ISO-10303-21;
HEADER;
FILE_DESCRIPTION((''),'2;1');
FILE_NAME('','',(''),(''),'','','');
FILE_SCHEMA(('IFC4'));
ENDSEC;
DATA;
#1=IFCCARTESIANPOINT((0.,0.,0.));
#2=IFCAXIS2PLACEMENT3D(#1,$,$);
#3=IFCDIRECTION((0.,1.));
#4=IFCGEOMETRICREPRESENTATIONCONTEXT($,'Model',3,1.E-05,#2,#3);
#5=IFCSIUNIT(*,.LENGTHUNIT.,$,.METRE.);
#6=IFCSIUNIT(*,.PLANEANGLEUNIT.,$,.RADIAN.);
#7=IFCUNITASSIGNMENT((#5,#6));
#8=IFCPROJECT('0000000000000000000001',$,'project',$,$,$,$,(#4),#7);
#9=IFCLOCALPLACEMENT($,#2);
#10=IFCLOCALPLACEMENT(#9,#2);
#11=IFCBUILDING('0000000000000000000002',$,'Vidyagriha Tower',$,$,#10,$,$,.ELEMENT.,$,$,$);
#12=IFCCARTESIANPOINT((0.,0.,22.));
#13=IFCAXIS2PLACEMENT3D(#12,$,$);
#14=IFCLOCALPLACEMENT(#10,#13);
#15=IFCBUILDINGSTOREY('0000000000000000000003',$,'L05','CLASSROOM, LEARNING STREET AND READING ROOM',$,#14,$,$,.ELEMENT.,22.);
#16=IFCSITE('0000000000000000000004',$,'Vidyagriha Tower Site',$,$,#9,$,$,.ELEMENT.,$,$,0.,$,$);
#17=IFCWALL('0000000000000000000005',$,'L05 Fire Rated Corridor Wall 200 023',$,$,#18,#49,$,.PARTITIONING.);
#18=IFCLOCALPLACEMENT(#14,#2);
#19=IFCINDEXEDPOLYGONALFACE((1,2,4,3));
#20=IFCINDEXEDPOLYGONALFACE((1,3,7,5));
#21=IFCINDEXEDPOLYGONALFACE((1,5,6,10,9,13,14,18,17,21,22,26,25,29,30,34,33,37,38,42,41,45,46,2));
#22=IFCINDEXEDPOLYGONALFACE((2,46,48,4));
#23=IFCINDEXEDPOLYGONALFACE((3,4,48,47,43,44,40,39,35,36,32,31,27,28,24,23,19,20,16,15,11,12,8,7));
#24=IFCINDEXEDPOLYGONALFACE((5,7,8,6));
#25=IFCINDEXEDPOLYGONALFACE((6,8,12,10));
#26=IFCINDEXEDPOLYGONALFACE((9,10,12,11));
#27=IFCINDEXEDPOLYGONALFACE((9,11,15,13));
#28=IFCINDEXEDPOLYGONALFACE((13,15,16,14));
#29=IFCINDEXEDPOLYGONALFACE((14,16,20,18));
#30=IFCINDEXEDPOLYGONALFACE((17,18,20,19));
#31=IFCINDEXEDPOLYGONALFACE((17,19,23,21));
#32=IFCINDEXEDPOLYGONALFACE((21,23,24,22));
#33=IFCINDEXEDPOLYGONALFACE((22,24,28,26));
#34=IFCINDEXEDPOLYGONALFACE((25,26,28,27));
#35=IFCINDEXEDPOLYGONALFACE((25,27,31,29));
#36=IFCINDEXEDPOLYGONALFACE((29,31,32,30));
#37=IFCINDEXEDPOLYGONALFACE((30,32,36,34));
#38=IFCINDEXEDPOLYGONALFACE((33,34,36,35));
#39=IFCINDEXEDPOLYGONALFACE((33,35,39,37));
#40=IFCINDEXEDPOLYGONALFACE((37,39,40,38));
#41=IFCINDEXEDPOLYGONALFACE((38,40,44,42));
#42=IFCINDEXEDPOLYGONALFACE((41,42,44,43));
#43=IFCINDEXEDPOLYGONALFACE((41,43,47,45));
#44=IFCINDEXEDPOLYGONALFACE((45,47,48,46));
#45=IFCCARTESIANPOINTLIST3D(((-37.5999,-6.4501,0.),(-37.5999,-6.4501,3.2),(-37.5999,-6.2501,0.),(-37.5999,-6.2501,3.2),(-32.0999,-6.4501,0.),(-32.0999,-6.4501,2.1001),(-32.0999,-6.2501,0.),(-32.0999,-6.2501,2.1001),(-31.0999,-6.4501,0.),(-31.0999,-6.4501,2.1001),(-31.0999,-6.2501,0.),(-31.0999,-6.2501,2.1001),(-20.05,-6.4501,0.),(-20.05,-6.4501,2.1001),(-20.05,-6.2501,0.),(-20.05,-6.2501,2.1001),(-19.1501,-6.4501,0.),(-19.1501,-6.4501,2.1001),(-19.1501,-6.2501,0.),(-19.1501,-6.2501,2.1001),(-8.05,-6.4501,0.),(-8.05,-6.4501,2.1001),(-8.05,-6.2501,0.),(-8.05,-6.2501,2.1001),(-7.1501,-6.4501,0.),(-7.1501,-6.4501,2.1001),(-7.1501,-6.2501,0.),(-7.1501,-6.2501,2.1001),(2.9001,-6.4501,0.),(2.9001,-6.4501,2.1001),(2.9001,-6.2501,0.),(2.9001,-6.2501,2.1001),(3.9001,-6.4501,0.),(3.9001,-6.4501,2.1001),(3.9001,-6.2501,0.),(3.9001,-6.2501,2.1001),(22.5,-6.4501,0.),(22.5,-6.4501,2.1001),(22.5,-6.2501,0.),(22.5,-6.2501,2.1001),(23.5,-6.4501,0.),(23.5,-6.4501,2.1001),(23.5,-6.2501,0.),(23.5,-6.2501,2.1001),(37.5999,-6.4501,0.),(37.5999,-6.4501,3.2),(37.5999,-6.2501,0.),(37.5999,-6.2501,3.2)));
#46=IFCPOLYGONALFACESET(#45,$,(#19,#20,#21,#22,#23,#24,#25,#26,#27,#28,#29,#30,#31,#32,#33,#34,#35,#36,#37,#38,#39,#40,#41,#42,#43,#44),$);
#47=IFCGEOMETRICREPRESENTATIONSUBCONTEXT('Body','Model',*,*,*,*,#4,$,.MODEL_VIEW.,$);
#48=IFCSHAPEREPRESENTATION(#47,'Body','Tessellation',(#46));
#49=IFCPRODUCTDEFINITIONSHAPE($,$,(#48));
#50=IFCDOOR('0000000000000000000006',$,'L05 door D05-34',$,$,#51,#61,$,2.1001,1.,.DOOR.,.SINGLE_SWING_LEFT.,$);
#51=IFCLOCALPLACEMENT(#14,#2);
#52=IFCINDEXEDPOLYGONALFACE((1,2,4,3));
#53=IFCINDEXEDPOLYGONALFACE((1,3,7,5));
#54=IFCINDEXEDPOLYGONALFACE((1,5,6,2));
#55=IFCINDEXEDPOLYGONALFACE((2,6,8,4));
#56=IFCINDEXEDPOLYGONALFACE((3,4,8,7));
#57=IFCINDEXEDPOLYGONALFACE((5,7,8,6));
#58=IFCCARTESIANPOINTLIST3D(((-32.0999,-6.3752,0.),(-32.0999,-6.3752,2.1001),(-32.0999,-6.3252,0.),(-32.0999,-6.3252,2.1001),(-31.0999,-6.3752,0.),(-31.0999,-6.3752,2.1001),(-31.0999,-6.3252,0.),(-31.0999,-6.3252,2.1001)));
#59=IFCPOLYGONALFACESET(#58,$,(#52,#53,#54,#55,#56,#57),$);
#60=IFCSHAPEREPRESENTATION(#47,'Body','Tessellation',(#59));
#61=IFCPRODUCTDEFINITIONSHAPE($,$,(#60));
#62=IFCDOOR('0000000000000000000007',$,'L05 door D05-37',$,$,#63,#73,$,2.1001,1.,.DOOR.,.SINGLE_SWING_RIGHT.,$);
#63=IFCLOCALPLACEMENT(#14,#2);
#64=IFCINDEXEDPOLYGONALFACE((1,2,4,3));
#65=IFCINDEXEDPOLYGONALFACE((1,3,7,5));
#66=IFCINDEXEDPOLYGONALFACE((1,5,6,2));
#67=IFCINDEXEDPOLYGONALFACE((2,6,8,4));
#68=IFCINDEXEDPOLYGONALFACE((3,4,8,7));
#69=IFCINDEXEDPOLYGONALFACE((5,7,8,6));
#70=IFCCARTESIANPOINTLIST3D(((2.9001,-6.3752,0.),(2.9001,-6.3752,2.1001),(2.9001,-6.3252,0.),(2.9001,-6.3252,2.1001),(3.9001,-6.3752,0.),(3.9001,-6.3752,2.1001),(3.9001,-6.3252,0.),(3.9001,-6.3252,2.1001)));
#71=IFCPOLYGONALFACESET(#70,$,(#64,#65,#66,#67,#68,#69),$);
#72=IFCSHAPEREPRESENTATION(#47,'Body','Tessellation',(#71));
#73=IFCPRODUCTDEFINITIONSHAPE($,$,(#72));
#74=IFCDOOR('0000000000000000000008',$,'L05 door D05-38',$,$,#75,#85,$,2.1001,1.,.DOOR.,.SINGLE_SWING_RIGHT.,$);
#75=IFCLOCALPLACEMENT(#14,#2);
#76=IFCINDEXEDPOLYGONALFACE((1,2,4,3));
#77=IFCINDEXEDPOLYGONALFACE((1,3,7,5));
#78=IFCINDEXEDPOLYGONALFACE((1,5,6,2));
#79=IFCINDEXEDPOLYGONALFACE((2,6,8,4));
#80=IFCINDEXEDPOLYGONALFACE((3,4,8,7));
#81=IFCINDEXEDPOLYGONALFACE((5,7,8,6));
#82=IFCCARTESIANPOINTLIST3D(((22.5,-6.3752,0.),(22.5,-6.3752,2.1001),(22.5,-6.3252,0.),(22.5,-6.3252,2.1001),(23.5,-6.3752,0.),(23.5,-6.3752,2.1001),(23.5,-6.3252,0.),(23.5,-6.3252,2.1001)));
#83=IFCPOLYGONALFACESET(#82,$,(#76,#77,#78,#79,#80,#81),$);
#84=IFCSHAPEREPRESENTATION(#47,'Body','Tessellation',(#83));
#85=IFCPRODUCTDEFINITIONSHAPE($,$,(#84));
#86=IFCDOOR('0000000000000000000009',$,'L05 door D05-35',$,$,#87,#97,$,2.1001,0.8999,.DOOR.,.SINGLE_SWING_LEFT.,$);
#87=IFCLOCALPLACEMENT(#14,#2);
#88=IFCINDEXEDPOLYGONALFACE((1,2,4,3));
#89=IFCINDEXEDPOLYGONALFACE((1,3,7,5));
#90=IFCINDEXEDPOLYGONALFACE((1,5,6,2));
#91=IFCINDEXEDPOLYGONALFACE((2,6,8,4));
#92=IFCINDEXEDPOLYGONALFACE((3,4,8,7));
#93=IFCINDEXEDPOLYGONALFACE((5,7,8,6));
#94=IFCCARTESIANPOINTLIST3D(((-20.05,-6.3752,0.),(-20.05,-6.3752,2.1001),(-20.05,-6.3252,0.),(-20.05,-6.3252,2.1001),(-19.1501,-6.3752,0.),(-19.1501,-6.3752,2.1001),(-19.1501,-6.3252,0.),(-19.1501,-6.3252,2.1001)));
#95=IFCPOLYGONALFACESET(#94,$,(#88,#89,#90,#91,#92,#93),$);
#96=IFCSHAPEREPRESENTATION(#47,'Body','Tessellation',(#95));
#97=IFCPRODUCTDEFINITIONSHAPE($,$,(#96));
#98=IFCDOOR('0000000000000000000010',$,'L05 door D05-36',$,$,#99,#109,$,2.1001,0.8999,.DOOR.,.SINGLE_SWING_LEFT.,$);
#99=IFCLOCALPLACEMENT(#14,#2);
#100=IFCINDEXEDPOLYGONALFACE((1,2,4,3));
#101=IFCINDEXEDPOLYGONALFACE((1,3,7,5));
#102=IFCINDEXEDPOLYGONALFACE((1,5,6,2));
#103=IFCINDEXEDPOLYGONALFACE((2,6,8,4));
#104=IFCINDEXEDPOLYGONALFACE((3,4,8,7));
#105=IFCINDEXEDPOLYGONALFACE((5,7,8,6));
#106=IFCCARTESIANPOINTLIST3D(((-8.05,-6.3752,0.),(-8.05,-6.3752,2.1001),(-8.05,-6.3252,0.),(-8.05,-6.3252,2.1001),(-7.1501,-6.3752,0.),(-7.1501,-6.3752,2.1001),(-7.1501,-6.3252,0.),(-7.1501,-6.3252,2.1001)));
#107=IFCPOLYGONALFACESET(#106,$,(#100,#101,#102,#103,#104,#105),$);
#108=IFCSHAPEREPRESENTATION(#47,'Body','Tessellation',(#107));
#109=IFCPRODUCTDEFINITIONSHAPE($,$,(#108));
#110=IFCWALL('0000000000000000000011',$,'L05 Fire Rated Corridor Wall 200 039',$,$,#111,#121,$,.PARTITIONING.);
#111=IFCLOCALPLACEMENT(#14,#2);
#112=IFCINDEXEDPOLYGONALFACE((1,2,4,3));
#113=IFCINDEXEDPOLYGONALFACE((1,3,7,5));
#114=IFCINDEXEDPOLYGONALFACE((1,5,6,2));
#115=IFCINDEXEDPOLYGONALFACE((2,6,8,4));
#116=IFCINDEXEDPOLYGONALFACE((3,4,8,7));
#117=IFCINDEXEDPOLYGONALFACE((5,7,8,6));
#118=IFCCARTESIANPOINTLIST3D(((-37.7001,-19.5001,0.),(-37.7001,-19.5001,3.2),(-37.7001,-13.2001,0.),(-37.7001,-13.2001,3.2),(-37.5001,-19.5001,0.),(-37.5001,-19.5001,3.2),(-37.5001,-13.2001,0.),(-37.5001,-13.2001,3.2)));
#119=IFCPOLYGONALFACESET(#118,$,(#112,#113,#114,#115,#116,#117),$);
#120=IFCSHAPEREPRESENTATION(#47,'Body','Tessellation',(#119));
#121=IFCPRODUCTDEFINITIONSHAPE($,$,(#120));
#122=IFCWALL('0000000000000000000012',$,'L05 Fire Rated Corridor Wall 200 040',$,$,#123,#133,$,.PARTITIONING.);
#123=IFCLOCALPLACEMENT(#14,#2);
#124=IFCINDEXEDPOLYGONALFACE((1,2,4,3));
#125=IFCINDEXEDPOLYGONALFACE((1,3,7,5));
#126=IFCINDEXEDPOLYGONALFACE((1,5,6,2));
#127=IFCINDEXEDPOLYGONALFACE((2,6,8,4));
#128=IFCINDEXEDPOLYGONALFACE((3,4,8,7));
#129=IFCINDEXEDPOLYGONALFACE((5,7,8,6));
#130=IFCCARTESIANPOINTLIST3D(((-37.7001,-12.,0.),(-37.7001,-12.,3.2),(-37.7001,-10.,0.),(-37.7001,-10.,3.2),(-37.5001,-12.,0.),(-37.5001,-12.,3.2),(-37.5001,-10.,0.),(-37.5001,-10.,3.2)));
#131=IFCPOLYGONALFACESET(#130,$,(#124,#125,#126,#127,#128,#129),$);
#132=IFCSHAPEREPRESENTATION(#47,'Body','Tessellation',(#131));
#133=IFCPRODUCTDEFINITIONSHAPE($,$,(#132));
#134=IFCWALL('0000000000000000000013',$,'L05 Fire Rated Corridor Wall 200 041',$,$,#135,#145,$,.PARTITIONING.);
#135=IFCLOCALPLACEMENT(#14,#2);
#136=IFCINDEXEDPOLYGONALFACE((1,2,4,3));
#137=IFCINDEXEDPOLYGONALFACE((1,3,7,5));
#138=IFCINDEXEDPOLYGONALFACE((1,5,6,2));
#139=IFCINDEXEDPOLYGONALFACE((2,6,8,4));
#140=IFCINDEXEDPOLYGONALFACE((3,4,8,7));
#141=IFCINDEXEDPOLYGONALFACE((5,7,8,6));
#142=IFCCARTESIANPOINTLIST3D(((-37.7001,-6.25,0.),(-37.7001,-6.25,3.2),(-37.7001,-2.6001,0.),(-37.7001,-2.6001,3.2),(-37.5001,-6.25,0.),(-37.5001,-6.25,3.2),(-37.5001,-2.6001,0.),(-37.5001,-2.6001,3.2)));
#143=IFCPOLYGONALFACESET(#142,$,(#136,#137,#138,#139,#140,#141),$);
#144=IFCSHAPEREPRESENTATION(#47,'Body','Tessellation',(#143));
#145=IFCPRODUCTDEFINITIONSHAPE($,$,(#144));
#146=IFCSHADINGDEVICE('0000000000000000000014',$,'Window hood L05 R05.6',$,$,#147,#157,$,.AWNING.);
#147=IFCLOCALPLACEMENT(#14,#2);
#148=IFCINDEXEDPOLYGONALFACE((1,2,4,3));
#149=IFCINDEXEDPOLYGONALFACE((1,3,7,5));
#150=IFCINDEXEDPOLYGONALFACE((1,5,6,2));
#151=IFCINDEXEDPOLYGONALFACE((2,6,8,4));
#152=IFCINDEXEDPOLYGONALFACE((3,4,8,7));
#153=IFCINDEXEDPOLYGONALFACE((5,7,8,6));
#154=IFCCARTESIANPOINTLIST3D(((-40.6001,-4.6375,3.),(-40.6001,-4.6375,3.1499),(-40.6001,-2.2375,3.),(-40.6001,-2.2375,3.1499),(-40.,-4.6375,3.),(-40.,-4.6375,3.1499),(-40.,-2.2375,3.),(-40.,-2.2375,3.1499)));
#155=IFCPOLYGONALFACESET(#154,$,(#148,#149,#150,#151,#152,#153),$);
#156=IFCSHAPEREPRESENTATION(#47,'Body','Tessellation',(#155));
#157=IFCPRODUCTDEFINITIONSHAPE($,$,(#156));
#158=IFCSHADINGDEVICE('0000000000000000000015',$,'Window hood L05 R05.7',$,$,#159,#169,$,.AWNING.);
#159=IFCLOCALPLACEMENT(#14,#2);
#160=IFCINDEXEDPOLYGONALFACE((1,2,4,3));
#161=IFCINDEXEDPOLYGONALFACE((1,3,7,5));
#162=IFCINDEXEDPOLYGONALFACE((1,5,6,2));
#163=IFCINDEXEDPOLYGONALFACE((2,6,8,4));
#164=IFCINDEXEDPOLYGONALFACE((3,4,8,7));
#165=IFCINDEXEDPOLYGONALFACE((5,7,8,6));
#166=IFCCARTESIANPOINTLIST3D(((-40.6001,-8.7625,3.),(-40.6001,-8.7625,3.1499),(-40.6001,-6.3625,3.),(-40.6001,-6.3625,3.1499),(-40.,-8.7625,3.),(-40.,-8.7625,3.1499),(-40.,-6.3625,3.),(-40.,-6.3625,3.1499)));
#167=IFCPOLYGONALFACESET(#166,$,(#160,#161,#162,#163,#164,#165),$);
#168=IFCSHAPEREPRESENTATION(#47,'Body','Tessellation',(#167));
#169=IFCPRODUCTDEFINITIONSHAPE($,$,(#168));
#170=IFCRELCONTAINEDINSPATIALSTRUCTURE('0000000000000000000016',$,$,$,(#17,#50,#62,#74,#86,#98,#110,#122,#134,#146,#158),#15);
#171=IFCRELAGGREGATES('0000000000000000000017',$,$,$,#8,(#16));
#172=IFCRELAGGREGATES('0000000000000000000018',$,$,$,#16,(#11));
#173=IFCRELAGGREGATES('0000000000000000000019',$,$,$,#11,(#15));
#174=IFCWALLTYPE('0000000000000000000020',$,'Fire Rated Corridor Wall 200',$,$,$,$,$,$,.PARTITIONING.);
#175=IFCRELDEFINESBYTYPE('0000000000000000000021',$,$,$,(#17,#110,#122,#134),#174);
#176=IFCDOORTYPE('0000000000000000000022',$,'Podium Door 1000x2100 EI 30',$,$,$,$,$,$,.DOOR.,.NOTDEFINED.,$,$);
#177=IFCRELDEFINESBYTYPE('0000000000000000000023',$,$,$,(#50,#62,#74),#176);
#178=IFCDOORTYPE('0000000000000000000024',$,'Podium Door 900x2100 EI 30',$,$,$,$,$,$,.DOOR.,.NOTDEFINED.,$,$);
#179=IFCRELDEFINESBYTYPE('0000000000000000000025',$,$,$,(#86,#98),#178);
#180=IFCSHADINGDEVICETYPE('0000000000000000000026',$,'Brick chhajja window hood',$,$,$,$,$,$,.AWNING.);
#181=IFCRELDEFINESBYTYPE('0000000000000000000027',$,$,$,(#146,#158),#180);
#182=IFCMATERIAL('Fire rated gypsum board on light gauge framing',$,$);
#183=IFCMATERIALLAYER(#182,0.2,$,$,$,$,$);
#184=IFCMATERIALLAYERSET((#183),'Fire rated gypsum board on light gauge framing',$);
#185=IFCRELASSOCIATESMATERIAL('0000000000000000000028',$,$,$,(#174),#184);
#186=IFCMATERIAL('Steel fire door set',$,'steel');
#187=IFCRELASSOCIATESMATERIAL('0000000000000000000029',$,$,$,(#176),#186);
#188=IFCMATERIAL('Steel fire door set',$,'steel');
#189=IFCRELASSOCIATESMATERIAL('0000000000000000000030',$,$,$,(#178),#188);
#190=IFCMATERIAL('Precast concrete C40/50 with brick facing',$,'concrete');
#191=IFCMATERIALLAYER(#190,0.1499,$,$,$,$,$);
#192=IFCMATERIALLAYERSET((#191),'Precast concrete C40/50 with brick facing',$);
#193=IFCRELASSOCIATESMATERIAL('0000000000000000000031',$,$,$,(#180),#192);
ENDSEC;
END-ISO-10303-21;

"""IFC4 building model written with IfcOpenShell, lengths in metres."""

from ifc_helpers import new_model, si_unit, direction, frame, frame_2d, origin, origin_2d, place, context, subcontext, project, spatial, rectangle, extrude, material, layer, layer_set, type_object, element, fill, save


model = new_model("IFC4")

# Units and contexts
model_context = context("Model", 3, precision=1e-05, world=origin(), true_north=direction((0.0, 1.0)))
body_context = subcontext(model_context, "Body", "Model", "MODEL_VIEW")
ifc_project = project(units=[si_unit("LENGTHUNIT", "METRE"), si_unit("PLANEANGLEUNIT", "RADIAN")], contexts=[model_context])

# Site, building, storey
site_placement = place(None, origin())
site = spatial("IfcSite", under=ifc_project, at=site_placement, Name="Vidyagriha Tower Site", CompositionType="ELEMENT", RefElevation=0.0)
building_placement = place(site_placement, origin())
building = spatial("IfcBuilding", under=site, at=building_placement, Name="Vidyagriha Tower", CompositionType="ELEMENT")
storey_placement = place(building_placement, frame((0.0, 0.0, 22.0)))
storey = spatial("IfcBuildingStorey", under=building, at=storey_placement, Name="L05", Description="CLASSROOM, LEARNING STREET AND READING ROOM", CompositionType="ELEMENT", Elevation=22.0)

# Wall, openings, doors
ifc_material_1 = material(Name="Fire rated gypsum board on light gauge framing")
ifc_layer_1 = layer(ifc_material_1, 0.2)
ifc_layer_set_1 = layer_set([ifc_layer_1], Name="Fire rated gypsum board on light gauge framing")
wall_type = type_object("IfcWallType", Name="Fire Rated Corridor Wall 200", PredefinedType="PARTITIONING", material=ifc_layer_set_1)
ifc_material_2 = material(Name="Steel fire door set", Category="steel")
door_type_1 = type_object("IfcDoorType", Name="Podium Door 1000x2100 EI 30", OperationType="NOTDEFINED", PredefinedType="DOOR", material=ifc_material_2)
wall_1_placement = place(storey_placement, frame((-37.5999, -6.3501, 0.0)))
wall_1 = element("IfcWall", 1, at=wall_1_placement, inside=storey, type_object=wall_type, Name="L05 Fire Rated Corridor Wall 200 023", PredefinedType="PARTITIONING", context=body_context, shape_type="SweptSolid", body=[
    extrude(rectangle(XDim=75.1997, YDim=0.2, at=frame_2d((37.5999, 0.0))), origin(), (0.0, 0.0, 1.0), 3.2),
])
opening_1_placement = place(wall_1_placement, frame((5.5, 0.0, 0.0)))
opening_1 = element("IfcOpeningElement", 2, at=opening_1_placement, cuts=wall_1, PredefinedType="OPENING", context=body_context, shape_type="SweptSolid", body=[
    extrude(rectangle(XDim=1.0, YDim=2.1001, at=frame_2d((0.5, 1.05))), frame((0.0, 0.1099, 0.0), z_axis=(0.0, -1.0, 0.0), x_axis=(1.0, 0.0, 0.0)), (0.0, 0.0, 1.0), 0.22),
])
opening_2_placement = place(wall_1_placement, frame((17.5498, 0.0, 0.0)))
opening_2 = element("IfcOpeningElement", 3, at=opening_2_placement, cuts=wall_1, PredefinedType="OPENING", context=body_context, shape_type="SweptSolid", body=[
    extrude(rectangle(XDim=0.8999, YDim=2.1001, at=frame_2d((0.45, 1.05))), frame((0.0, 0.1099, 0.0), z_axis=(0.0, -1.0, 0.0), x_axis=(1.0, 0.0, 0.0)), (0.0, 0.0, 1.0), 0.22),
])
opening_3_placement = place(wall_1_placement, frame((29.5498, 0.0, 0.0)))
opening_3 = element("IfcOpeningElement", 4, at=opening_3_placement, cuts=wall_1, PredefinedType="OPENING", context=body_context, shape_type="SweptSolid", body=[
    extrude(rectangle(XDim=0.8999, YDim=2.1001, at=frame_2d((0.45, 1.05))), frame((0.0, 0.1099, 0.0), z_axis=(0.0, -1.0, 0.0), x_axis=(1.0, 0.0, 0.0)), (0.0, 0.0, 1.0), 0.22),
])
opening_4_placement = place(wall_1_placement, frame((40.5, 0.0, 0.0)))
opening_4 = element("IfcOpeningElement", 5, at=opening_4_placement, cuts=wall_1, PredefinedType="OPENING", context=body_context, shape_type="SweptSolid", body=[
    extrude(rectangle(XDim=1.0, YDim=2.1001, at=frame_2d((0.5, 1.05))), frame((0.0, 0.1099, 0.0), z_axis=(0.0, -1.0, 0.0), x_axis=(1.0, 0.0, 0.0)), (0.0, 0.0, 1.0), 0.22),
])
opening_5_placement = place(wall_1_placement, frame((60.0999, 0.0, 0.0)))
opening_5 = element("IfcOpeningElement", 6, at=opening_5_placement, cuts=wall_1, PredefinedType="OPENING", context=body_context, shape_type="SweptSolid", body=[
    extrude(rectangle(XDim=1.0, YDim=2.1001, at=frame_2d((0.5, 1.05))), frame((0.0, 0.1099, 0.0), z_axis=(0.0, -1.0, 0.0), x_axis=(1.0, 0.0, 0.0)), (0.0, 0.0, 1.0), 0.22),
])
door_1_placement = place(opening_1_placement, origin())
door_1 = element("IfcDoor", 7, at=door_1_placement, inside=storey, type_object=door_type_1, Name="L05 door D05-34", OperationType="SINGLE_SWING_LEFT", OverallHeight=2.1001, OverallWidth=1.0, PredefinedType="DOOR", context=body_context, shape_type="SweptSolid", body=[
    extrude(rectangle(XDim=1.0, YDim=2.1001, at=frame_2d((0.5, 1.05))), frame((0.0, 0.0249, 0.0), z_axis=(0.0, -1.0, 0.0), x_axis=(1.0, 0.0, 0.0)), (0.0, 0.0, 1.0), 0.05),
])
fill(opening_1, door_1)
door_2_placement = place(opening_4_placement, origin())
door_2 = element("IfcDoor", 8, at=door_2_placement, inside=storey, type_object=door_type_1, Name="L05 door D05-37", OperationType="SINGLE_SWING_RIGHT", OverallHeight=2.1001, OverallWidth=1.0, PredefinedType="DOOR", context=body_context, shape_type="SweptSolid", body=[
    extrude(rectangle(XDim=1.0, YDim=2.1001, at=frame_2d((0.5, 1.05))), frame((0.0, 0.0249, 0.0), z_axis=(0.0, -1.0, 0.0), x_axis=(1.0, 0.0, 0.0)), (0.0, 0.0, 1.0), 0.05),
])
fill(opening_4, door_2)
door_3_placement = place(opening_5_placement, origin())
door_3 = element("IfcDoor", 9, at=door_3_placement, inside=storey, type_object=door_type_1, Name="L05 door D05-38", OperationType="SINGLE_SWING_RIGHT", OverallHeight=2.1001, OverallWidth=1.0, PredefinedType="DOOR", context=body_context, shape_type="SweptSolid", body=[
    extrude(rectangle(XDim=1.0, YDim=2.1001, at=frame_2d((0.5, 1.05))), frame((0.0, 0.0249, 0.0), z_axis=(0.0, -1.0, 0.0), x_axis=(1.0, 0.0, 0.0)), (0.0, 0.0, 1.0), 0.05),
])
fill(opening_5, door_3)
ifc_material_3 = material(Name="Steel fire door set", Category="steel")
door_type_2 = type_object("IfcDoorType", Name="Podium Door 900x2100 EI 30", OperationType="NOTDEFINED", PredefinedType="DOOR", material=ifc_material_3)
door_4_placement = place(opening_2_placement, origin())
door_4 = element("IfcDoor", 10, at=door_4_placement, inside=storey, type_object=door_type_2, Name="L05 door D05-35", OperationType="SINGLE_SWING_LEFT", OverallHeight=2.1001, OverallWidth=0.8999, PredefinedType="DOOR", context=body_context, shape_type="SweptSolid", body=[
    extrude(rectangle(XDim=0.8999, YDim=2.1001, at=frame_2d((0.45, 1.05))), frame((0.0, 0.0249, 0.0), z_axis=(0.0, -1.0, 0.0), x_axis=(1.0, 0.0, 0.0)), (0.0, 0.0, 1.0), 0.05),
])
fill(opening_2, door_4)
door_5_placement = place(opening_3_placement, origin())
door_5 = element("IfcDoor", 11, at=door_5_placement, inside=storey, type_object=door_type_2, Name="L05 door D05-36", OperationType="SINGLE_SWING_LEFT", OverallHeight=2.1001, OverallWidth=0.8999, PredefinedType="DOOR", context=body_context, shape_type="SweptSolid", body=[
    extrude(rectangle(XDim=0.8999, YDim=2.1001, at=frame_2d((0.45, 1.05))), frame((0.0, 0.0249, 0.0), z_axis=(0.0, -1.0, 0.0), x_axis=(1.0, 0.0, 0.0)), (0.0, 0.0, 1.0), 0.05),
])
fill(opening_3, door_5)

# Walls
wall_2_placement = place(storey_placement, frame((-37.6001, -19.5, 0.0), z_axis=(0.0, 0.0, 1.0), x_axis=(0.0, 1.0, 0.0)))
element("IfcWall", 12, at=wall_2_placement, inside=storey, type_object=wall_type, Name="L05 Fire Rated Corridor Wall 200 039", PredefinedType="PARTITIONING", context=body_context, shape_type="SweptSolid", body=[
    extrude(rectangle(XDim=6.3, YDim=0.2, at=frame_2d((3.1499, 0.0))), origin(), (0.0, 0.0, 1.0), 3.2),
])
wall_3_placement = place(storey_placement, frame((-37.6001, -12.0, 0.0), z_axis=(0.0, 0.0, 1.0), x_axis=(0.0, 1.0, 0.0)))
element("IfcWall", 13, at=wall_3_placement, inside=storey, type_object=wall_type, Name="L05 Fire Rated Corridor Wall 200 040", PredefinedType="PARTITIONING", context=body_context, shape_type="SweptSolid", body=[
    extrude(rectangle(XDim=2.0, YDim=0.2, at=frame_2d((1.0, 0.0))), origin(), (0.0, 0.0, 1.0), 3.2),
])
wall_4_placement = place(storey_placement, frame((-37.6001, -6.25, 0.0), z_axis=(0.0, 0.0, 1.0), x_axis=(0.0, 1.0, 0.0)))
element("IfcWall", 14, at=wall_4_placement, inside=storey, type_object=wall_type, Name="L05 Fire Rated Corridor Wall 200 041", PredefinedType="PARTITIONING", context=body_context, shape_type="SweptSolid", body=[
    extrude(rectangle(XDim=3.6499, YDim=0.2, at=frame_2d((1.825, 0.0))), origin(), (0.0, 0.0, 1.0), 3.2),
])

# Shading devices
ifc_material_4 = material(Name="Precast concrete C40/50 with brick facing", Category="concrete")
ifc_layer_2 = layer(ifc_material_4, 0.1499)
ifc_layer_set_2 = layer_set([ifc_layer_2], Name="Precast concrete C40/50 with brick facing")
shading_device_type_1 = type_object("IfcShadingDeviceType", Name="Brick chhajja window hood", PredefinedType="AWNING", material=ifc_layer_set_2)
for number, where, z_axis, x_axis, name in (
    (15, (-40.3, -3.4375, 3.0), (0.0, 0.0, 1.0), (0.0, -1.0, 0.0), "Window hood L05 R05.6"),
    (16, (-40.3, -7.5625, 3.0), (0.0, 0.0, 1.0), (0.0, -1.0, 0.0), "Window hood L05 R05.7"),
):
    element("IfcShadingDevice", number, at=place(storey_placement, frame(where, z_axis=z_axis, x_axis=x_axis)), inside=storey, type_object=shading_device_type_1, Name=name, PredefinedType="AWNING", context=body_context, shape_type="SweptSolid", body=[
        extrude(rectangle(XDim=2.3999, YDim=0.6001, at=origin_2d()), origin(), (0.0, 0.0, 1.0), 0.1499),
    ])

save(model, "model.ifc")
